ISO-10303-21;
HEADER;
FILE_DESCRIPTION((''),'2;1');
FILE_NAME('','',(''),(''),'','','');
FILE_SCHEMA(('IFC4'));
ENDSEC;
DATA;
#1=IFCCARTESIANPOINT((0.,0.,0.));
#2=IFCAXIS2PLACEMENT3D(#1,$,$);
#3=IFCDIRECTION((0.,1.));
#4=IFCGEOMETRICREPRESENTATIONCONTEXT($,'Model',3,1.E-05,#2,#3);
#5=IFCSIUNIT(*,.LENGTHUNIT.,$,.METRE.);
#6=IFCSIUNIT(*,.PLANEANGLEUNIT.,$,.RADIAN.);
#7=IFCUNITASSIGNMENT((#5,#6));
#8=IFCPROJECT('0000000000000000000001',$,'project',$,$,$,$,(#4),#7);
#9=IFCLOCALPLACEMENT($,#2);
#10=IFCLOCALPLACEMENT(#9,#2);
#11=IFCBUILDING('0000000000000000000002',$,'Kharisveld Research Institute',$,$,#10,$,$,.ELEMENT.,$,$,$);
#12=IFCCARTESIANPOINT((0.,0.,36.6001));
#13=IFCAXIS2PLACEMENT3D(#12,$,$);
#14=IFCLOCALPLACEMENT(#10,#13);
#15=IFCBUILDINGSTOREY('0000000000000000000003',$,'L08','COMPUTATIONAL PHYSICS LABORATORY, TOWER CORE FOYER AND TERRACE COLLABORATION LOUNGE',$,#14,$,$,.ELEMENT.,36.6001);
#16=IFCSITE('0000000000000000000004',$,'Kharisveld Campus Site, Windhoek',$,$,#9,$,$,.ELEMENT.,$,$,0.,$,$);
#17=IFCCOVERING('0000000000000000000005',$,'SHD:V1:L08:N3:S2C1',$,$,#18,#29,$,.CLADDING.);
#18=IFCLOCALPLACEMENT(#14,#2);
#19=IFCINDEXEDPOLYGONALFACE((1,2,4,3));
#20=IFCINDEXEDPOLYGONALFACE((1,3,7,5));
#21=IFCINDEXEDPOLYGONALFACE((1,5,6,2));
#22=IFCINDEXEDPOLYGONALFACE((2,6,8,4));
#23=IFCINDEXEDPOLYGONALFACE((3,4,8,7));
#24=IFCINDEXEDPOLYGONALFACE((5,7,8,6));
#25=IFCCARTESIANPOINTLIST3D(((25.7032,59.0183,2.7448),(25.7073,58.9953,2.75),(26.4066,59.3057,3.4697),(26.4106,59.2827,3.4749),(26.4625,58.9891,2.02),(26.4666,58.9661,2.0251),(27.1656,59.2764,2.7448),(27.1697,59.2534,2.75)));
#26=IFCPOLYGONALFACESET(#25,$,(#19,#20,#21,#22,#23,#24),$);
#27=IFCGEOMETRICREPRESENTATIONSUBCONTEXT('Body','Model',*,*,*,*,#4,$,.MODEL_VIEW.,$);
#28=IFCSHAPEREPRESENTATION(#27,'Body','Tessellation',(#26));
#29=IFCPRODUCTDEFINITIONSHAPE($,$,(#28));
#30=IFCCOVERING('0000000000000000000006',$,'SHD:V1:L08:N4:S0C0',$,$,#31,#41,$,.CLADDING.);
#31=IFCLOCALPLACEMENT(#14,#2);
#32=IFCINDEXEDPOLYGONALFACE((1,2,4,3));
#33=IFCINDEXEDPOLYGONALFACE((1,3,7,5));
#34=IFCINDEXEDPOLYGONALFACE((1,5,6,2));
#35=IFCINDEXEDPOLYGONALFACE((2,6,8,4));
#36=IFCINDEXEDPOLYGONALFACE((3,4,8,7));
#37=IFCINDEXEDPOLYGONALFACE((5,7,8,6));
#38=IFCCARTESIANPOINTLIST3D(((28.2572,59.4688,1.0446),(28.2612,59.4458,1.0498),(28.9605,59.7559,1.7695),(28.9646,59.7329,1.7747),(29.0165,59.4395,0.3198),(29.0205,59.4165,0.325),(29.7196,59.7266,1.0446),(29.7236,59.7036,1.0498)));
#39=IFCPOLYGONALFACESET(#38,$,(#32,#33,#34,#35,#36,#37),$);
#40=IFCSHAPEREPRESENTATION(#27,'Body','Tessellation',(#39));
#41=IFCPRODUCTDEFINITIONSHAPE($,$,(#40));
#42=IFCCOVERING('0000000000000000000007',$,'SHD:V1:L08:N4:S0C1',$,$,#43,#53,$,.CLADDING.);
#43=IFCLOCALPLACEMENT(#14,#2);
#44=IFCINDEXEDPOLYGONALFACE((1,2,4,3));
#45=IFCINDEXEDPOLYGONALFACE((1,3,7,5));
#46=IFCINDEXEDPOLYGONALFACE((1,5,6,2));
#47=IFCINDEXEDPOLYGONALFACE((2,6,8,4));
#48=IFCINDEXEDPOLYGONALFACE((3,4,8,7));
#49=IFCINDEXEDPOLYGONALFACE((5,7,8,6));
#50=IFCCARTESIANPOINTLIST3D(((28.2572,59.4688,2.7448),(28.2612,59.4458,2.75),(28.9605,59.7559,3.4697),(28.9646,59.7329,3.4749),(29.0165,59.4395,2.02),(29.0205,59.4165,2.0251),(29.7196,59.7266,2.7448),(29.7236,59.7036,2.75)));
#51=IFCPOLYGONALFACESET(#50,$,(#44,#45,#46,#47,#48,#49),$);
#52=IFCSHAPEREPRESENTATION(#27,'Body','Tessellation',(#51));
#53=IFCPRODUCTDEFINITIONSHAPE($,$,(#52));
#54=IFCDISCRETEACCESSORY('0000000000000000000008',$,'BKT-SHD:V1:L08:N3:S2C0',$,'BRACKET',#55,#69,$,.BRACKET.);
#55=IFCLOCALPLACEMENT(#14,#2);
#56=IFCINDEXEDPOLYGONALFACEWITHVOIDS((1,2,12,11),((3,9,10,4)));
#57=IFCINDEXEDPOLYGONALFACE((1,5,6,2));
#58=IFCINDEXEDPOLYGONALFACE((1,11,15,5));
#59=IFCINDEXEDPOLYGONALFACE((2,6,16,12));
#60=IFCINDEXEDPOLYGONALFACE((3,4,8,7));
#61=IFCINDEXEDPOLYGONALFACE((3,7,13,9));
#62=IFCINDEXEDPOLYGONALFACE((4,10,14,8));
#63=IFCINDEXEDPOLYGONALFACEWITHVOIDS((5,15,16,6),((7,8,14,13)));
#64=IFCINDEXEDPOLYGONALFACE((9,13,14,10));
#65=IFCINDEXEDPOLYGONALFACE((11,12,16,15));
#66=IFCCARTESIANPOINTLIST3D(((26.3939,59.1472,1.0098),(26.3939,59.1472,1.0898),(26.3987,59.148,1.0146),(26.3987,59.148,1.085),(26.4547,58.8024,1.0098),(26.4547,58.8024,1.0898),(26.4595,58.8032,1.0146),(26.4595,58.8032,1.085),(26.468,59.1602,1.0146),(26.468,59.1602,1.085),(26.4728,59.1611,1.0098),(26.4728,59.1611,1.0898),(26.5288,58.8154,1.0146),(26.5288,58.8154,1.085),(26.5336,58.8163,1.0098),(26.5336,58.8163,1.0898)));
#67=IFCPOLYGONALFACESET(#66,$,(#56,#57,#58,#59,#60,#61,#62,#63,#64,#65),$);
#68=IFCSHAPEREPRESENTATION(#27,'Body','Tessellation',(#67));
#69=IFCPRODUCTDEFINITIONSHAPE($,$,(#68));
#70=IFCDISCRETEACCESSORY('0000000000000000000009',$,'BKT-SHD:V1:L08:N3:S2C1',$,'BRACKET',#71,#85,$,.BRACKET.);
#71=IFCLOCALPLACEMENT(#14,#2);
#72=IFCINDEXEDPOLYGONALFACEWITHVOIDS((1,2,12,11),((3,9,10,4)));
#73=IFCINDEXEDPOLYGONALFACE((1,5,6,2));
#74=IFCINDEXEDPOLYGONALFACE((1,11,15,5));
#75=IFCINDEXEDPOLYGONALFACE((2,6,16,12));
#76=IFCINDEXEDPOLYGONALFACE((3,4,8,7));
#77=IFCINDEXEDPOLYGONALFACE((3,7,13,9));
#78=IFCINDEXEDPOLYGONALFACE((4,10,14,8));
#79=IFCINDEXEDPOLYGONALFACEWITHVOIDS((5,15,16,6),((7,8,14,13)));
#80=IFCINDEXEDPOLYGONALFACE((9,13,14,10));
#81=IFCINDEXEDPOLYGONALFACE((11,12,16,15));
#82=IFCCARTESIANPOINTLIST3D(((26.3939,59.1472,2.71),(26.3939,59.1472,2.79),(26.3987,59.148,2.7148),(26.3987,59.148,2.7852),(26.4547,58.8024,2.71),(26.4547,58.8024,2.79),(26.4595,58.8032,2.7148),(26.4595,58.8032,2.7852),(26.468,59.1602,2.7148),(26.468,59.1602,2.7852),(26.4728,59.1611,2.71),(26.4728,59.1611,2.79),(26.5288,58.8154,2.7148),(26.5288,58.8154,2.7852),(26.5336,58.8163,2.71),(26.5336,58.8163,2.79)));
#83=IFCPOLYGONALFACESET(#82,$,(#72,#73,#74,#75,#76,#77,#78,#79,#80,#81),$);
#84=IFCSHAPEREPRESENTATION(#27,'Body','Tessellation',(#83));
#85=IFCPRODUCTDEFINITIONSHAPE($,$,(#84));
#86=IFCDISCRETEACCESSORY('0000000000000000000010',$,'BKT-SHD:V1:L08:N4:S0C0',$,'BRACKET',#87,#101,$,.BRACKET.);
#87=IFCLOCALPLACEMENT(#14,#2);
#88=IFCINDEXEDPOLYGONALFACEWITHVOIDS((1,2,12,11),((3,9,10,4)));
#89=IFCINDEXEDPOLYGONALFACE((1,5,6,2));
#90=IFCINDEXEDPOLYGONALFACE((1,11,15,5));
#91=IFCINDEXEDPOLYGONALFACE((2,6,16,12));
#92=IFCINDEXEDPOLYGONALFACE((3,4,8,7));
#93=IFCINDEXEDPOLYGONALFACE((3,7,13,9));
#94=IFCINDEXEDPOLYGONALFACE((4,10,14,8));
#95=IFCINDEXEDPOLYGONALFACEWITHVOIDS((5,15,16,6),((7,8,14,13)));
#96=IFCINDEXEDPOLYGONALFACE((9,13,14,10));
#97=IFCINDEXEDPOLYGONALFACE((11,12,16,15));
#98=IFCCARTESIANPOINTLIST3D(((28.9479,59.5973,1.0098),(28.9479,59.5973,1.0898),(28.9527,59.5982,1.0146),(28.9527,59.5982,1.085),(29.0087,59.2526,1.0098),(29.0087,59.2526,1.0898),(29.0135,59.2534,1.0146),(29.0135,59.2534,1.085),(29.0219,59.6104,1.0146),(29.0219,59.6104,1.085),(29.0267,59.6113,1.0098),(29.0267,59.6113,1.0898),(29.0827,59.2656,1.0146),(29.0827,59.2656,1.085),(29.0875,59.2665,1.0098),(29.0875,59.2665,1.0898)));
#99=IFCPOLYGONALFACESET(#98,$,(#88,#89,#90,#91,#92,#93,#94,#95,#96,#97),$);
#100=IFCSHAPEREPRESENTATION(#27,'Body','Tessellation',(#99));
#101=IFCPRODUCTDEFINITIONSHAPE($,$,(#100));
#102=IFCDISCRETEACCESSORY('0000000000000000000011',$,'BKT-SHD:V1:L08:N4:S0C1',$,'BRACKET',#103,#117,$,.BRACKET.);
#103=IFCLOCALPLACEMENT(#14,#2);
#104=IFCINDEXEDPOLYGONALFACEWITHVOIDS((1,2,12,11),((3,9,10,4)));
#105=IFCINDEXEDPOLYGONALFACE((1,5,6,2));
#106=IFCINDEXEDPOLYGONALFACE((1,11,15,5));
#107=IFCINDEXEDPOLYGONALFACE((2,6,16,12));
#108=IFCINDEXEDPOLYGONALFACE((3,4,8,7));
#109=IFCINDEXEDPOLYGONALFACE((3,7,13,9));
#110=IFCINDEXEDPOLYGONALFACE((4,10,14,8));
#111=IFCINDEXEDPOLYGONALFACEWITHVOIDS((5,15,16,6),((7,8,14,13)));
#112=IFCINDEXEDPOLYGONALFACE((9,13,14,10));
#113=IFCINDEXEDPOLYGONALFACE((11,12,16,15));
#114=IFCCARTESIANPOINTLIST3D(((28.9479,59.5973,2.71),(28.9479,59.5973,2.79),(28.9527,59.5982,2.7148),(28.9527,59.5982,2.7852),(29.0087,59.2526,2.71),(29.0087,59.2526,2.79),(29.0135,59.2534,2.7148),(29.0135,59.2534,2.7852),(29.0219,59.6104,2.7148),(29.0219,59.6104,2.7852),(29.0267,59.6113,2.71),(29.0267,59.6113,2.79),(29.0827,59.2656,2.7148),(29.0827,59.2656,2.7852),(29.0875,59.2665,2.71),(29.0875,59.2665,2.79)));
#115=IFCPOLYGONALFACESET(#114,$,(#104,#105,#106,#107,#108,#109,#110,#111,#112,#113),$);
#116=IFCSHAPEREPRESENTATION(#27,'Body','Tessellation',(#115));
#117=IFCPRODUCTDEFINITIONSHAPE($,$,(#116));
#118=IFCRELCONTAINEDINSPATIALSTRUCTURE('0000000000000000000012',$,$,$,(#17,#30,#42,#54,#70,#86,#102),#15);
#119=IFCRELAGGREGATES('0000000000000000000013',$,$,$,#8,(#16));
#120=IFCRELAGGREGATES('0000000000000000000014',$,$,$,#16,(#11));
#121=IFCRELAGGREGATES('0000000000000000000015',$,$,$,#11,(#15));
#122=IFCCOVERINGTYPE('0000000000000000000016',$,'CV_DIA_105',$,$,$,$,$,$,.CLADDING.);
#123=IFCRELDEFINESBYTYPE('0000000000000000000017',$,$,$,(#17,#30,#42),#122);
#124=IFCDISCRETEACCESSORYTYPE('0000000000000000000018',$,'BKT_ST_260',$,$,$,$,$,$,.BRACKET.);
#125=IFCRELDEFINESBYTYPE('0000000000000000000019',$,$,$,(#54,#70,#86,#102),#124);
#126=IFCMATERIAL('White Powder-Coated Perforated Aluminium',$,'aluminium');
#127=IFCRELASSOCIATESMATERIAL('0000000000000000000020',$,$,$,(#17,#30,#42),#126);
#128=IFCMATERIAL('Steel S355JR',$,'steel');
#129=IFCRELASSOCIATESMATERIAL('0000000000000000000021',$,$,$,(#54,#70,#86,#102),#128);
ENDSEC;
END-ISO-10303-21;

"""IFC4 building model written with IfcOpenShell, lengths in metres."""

from ifc_helpers import new_model, si_unit, direction, frame, origin, origin_2d, place, context, subcontext, project, spatial, polyline, hollow_rectangle, outline, extrude, material, type_object, element, save


model = new_model("IFC4")

# Units and contexts
model_context = context("Model", 3, precision=1e-05, world=origin(), true_north=direction((0.0, 1.0)))
body_context = subcontext(model_context, "Body", "Model", "MODEL_VIEW")
ifc_project = project(units=[si_unit("LENGTHUNIT", "METRE"), si_unit("PLANEANGLEUNIT", "RADIAN")], contexts=[model_context])

# Site, building, storey
site_placement = place(None, origin())
site = spatial("IfcSite", under=ifc_project, at=site_placement, Name="Kharisveld Campus Site, Windhoek", CompositionType="ELEMENT", RefElevation=0.0)
building_placement = place(site_placement, origin())
building = spatial("IfcBuilding", under=site, at=building_placement, Name="Kharisveld Research Institute", CompositionType="ELEMENT")
storey_placement = place(building_placement, frame((0.0, 0.0, 36.6001)))
storey = spatial("IfcBuildingStorey", under=building, at=storey_placement, Name="L08", Description="COMPUTATIONAL PHYSICS LABORATORY, TOWER CORE FOYER AND TERRACE COLLABORATION LOUNGE", CompositionType="ELEMENT", Elevation=36.6001)

# Coverings
ifc_material_1 = material(Name="White Powder-Coated Perforated Aluminium", Category="aluminium")
covering_type = type_object("IfcCoveringType", Name="CV_DIA_105", PredefinedType="CLADDING")
for number, where, z_axis, x_axis, name in (
    (1, (26.4666, 58.9661, 2.0251), (0.169653, -0.96142, 0.21654), (0.669686, 0.273667, 0.690382), "SHD:V1:L08:N3:S2C1"),
):
    element("IfcCovering", number, at=place(storey_placement, frame(where, z_axis=z_axis, x_axis=x_axis)), inside=storey, type_object=covering_type, material=ifc_material_1, Name=name, PredefinedType="CLADDING", context=body_context, shape_type="SweptSolid", body=[
        extrude(outline(polyline([(0.0, 0.0), (1.0499, 0.0), (1.0501, 1.05), (0.0, 1.0501), (0.0, 0.0)])), origin(), (0.0, 0.0, -1.0), 0.0239),
    ])
for number, where, z_axis, x_axis, name in (
    (2, (29.0205, 59.4165, 0.325), (0.169503, -0.961481, 0.216385), (0.669728, 0.273452, 0.690426), "SHD:V1:L08:N4:S0C0"),
    (3, (29.0205, 59.4165, 2.0251), (0.169503, -0.961481, 0.216385), (0.669728, 0.273452, 0.690426), "SHD:V1:L08:N4:S0C1"),
):
    element("IfcCovering", number, at=place(storey_placement, frame(where, z_axis=z_axis, x_axis=x_axis)), inside=storey, type_object=covering_type, material=ifc_material_1, Name=name, PredefinedType="CLADDING", context=body_context, shape_type="SweptSolid", body=[
        extrude(outline(polyline([(0.0, 0.0), (1.0499, 0.0), (1.05, 1.05), (0.0, 1.0501), (0.0, 0.0)])), origin(), (0.0, 0.0, -1.0), 0.0239),
    ])

# Discrete accessories
ifc_material_2 = material(Name="Steel S355JR", Category="steel")
discrete_accessory_type = type_object("IfcDiscreteAccessoryType", Name="BKT_ST_260", PredefinedType="BRACKET")
for number, where, z_axis, x_axis, name in (
    (4, (26.4941, 58.8093, 1.0498), (-0.173666, 0.984805, 0.0), (-0.984805, -0.173666, 0.0), "BKT-SHD:V1:L08:N3:S2C0"),
    (5, (26.4941, 58.8093, 2.75), (-0.173666, 0.984805, 0.0), (-0.984805, -0.173666, 0.0), "BKT-SHD:V1:L08:N3:S2C1"),
    (6, (29.0481, 59.2595, 1.0498), (-0.173666, 0.984805, 0.0), (-0.984805, -0.173666, 0.0), "BKT-SHD:V1:L08:N4:S0C0"),
    (7, (29.0481, 59.2595, 2.75), (-0.173666, 0.984805, 0.0), (-0.984805, -0.173666, 0.0), "BKT-SHD:V1:L08:N4:S0C1"),
):
    element("IfcDiscreteAccessory", number, at=place(storey_placement, frame(where, z_axis=z_axis, x_axis=x_axis)), inside=storey, type_object=discrete_accessory_type, material=ifc_material_2, Name=name, ObjectType="BRACKET", PredefinedType="BRACKET", context=body_context, shape_type="SweptSolid", body=[
        extrude(hollow_rectangle(XDim=0.0801, YDim=0.0801, WallThickness=0.0049, at=origin_2d()), origin(), (0.0, 0.0, 1.0), 0.3501),
    ])

save(model, "model.ifc")
